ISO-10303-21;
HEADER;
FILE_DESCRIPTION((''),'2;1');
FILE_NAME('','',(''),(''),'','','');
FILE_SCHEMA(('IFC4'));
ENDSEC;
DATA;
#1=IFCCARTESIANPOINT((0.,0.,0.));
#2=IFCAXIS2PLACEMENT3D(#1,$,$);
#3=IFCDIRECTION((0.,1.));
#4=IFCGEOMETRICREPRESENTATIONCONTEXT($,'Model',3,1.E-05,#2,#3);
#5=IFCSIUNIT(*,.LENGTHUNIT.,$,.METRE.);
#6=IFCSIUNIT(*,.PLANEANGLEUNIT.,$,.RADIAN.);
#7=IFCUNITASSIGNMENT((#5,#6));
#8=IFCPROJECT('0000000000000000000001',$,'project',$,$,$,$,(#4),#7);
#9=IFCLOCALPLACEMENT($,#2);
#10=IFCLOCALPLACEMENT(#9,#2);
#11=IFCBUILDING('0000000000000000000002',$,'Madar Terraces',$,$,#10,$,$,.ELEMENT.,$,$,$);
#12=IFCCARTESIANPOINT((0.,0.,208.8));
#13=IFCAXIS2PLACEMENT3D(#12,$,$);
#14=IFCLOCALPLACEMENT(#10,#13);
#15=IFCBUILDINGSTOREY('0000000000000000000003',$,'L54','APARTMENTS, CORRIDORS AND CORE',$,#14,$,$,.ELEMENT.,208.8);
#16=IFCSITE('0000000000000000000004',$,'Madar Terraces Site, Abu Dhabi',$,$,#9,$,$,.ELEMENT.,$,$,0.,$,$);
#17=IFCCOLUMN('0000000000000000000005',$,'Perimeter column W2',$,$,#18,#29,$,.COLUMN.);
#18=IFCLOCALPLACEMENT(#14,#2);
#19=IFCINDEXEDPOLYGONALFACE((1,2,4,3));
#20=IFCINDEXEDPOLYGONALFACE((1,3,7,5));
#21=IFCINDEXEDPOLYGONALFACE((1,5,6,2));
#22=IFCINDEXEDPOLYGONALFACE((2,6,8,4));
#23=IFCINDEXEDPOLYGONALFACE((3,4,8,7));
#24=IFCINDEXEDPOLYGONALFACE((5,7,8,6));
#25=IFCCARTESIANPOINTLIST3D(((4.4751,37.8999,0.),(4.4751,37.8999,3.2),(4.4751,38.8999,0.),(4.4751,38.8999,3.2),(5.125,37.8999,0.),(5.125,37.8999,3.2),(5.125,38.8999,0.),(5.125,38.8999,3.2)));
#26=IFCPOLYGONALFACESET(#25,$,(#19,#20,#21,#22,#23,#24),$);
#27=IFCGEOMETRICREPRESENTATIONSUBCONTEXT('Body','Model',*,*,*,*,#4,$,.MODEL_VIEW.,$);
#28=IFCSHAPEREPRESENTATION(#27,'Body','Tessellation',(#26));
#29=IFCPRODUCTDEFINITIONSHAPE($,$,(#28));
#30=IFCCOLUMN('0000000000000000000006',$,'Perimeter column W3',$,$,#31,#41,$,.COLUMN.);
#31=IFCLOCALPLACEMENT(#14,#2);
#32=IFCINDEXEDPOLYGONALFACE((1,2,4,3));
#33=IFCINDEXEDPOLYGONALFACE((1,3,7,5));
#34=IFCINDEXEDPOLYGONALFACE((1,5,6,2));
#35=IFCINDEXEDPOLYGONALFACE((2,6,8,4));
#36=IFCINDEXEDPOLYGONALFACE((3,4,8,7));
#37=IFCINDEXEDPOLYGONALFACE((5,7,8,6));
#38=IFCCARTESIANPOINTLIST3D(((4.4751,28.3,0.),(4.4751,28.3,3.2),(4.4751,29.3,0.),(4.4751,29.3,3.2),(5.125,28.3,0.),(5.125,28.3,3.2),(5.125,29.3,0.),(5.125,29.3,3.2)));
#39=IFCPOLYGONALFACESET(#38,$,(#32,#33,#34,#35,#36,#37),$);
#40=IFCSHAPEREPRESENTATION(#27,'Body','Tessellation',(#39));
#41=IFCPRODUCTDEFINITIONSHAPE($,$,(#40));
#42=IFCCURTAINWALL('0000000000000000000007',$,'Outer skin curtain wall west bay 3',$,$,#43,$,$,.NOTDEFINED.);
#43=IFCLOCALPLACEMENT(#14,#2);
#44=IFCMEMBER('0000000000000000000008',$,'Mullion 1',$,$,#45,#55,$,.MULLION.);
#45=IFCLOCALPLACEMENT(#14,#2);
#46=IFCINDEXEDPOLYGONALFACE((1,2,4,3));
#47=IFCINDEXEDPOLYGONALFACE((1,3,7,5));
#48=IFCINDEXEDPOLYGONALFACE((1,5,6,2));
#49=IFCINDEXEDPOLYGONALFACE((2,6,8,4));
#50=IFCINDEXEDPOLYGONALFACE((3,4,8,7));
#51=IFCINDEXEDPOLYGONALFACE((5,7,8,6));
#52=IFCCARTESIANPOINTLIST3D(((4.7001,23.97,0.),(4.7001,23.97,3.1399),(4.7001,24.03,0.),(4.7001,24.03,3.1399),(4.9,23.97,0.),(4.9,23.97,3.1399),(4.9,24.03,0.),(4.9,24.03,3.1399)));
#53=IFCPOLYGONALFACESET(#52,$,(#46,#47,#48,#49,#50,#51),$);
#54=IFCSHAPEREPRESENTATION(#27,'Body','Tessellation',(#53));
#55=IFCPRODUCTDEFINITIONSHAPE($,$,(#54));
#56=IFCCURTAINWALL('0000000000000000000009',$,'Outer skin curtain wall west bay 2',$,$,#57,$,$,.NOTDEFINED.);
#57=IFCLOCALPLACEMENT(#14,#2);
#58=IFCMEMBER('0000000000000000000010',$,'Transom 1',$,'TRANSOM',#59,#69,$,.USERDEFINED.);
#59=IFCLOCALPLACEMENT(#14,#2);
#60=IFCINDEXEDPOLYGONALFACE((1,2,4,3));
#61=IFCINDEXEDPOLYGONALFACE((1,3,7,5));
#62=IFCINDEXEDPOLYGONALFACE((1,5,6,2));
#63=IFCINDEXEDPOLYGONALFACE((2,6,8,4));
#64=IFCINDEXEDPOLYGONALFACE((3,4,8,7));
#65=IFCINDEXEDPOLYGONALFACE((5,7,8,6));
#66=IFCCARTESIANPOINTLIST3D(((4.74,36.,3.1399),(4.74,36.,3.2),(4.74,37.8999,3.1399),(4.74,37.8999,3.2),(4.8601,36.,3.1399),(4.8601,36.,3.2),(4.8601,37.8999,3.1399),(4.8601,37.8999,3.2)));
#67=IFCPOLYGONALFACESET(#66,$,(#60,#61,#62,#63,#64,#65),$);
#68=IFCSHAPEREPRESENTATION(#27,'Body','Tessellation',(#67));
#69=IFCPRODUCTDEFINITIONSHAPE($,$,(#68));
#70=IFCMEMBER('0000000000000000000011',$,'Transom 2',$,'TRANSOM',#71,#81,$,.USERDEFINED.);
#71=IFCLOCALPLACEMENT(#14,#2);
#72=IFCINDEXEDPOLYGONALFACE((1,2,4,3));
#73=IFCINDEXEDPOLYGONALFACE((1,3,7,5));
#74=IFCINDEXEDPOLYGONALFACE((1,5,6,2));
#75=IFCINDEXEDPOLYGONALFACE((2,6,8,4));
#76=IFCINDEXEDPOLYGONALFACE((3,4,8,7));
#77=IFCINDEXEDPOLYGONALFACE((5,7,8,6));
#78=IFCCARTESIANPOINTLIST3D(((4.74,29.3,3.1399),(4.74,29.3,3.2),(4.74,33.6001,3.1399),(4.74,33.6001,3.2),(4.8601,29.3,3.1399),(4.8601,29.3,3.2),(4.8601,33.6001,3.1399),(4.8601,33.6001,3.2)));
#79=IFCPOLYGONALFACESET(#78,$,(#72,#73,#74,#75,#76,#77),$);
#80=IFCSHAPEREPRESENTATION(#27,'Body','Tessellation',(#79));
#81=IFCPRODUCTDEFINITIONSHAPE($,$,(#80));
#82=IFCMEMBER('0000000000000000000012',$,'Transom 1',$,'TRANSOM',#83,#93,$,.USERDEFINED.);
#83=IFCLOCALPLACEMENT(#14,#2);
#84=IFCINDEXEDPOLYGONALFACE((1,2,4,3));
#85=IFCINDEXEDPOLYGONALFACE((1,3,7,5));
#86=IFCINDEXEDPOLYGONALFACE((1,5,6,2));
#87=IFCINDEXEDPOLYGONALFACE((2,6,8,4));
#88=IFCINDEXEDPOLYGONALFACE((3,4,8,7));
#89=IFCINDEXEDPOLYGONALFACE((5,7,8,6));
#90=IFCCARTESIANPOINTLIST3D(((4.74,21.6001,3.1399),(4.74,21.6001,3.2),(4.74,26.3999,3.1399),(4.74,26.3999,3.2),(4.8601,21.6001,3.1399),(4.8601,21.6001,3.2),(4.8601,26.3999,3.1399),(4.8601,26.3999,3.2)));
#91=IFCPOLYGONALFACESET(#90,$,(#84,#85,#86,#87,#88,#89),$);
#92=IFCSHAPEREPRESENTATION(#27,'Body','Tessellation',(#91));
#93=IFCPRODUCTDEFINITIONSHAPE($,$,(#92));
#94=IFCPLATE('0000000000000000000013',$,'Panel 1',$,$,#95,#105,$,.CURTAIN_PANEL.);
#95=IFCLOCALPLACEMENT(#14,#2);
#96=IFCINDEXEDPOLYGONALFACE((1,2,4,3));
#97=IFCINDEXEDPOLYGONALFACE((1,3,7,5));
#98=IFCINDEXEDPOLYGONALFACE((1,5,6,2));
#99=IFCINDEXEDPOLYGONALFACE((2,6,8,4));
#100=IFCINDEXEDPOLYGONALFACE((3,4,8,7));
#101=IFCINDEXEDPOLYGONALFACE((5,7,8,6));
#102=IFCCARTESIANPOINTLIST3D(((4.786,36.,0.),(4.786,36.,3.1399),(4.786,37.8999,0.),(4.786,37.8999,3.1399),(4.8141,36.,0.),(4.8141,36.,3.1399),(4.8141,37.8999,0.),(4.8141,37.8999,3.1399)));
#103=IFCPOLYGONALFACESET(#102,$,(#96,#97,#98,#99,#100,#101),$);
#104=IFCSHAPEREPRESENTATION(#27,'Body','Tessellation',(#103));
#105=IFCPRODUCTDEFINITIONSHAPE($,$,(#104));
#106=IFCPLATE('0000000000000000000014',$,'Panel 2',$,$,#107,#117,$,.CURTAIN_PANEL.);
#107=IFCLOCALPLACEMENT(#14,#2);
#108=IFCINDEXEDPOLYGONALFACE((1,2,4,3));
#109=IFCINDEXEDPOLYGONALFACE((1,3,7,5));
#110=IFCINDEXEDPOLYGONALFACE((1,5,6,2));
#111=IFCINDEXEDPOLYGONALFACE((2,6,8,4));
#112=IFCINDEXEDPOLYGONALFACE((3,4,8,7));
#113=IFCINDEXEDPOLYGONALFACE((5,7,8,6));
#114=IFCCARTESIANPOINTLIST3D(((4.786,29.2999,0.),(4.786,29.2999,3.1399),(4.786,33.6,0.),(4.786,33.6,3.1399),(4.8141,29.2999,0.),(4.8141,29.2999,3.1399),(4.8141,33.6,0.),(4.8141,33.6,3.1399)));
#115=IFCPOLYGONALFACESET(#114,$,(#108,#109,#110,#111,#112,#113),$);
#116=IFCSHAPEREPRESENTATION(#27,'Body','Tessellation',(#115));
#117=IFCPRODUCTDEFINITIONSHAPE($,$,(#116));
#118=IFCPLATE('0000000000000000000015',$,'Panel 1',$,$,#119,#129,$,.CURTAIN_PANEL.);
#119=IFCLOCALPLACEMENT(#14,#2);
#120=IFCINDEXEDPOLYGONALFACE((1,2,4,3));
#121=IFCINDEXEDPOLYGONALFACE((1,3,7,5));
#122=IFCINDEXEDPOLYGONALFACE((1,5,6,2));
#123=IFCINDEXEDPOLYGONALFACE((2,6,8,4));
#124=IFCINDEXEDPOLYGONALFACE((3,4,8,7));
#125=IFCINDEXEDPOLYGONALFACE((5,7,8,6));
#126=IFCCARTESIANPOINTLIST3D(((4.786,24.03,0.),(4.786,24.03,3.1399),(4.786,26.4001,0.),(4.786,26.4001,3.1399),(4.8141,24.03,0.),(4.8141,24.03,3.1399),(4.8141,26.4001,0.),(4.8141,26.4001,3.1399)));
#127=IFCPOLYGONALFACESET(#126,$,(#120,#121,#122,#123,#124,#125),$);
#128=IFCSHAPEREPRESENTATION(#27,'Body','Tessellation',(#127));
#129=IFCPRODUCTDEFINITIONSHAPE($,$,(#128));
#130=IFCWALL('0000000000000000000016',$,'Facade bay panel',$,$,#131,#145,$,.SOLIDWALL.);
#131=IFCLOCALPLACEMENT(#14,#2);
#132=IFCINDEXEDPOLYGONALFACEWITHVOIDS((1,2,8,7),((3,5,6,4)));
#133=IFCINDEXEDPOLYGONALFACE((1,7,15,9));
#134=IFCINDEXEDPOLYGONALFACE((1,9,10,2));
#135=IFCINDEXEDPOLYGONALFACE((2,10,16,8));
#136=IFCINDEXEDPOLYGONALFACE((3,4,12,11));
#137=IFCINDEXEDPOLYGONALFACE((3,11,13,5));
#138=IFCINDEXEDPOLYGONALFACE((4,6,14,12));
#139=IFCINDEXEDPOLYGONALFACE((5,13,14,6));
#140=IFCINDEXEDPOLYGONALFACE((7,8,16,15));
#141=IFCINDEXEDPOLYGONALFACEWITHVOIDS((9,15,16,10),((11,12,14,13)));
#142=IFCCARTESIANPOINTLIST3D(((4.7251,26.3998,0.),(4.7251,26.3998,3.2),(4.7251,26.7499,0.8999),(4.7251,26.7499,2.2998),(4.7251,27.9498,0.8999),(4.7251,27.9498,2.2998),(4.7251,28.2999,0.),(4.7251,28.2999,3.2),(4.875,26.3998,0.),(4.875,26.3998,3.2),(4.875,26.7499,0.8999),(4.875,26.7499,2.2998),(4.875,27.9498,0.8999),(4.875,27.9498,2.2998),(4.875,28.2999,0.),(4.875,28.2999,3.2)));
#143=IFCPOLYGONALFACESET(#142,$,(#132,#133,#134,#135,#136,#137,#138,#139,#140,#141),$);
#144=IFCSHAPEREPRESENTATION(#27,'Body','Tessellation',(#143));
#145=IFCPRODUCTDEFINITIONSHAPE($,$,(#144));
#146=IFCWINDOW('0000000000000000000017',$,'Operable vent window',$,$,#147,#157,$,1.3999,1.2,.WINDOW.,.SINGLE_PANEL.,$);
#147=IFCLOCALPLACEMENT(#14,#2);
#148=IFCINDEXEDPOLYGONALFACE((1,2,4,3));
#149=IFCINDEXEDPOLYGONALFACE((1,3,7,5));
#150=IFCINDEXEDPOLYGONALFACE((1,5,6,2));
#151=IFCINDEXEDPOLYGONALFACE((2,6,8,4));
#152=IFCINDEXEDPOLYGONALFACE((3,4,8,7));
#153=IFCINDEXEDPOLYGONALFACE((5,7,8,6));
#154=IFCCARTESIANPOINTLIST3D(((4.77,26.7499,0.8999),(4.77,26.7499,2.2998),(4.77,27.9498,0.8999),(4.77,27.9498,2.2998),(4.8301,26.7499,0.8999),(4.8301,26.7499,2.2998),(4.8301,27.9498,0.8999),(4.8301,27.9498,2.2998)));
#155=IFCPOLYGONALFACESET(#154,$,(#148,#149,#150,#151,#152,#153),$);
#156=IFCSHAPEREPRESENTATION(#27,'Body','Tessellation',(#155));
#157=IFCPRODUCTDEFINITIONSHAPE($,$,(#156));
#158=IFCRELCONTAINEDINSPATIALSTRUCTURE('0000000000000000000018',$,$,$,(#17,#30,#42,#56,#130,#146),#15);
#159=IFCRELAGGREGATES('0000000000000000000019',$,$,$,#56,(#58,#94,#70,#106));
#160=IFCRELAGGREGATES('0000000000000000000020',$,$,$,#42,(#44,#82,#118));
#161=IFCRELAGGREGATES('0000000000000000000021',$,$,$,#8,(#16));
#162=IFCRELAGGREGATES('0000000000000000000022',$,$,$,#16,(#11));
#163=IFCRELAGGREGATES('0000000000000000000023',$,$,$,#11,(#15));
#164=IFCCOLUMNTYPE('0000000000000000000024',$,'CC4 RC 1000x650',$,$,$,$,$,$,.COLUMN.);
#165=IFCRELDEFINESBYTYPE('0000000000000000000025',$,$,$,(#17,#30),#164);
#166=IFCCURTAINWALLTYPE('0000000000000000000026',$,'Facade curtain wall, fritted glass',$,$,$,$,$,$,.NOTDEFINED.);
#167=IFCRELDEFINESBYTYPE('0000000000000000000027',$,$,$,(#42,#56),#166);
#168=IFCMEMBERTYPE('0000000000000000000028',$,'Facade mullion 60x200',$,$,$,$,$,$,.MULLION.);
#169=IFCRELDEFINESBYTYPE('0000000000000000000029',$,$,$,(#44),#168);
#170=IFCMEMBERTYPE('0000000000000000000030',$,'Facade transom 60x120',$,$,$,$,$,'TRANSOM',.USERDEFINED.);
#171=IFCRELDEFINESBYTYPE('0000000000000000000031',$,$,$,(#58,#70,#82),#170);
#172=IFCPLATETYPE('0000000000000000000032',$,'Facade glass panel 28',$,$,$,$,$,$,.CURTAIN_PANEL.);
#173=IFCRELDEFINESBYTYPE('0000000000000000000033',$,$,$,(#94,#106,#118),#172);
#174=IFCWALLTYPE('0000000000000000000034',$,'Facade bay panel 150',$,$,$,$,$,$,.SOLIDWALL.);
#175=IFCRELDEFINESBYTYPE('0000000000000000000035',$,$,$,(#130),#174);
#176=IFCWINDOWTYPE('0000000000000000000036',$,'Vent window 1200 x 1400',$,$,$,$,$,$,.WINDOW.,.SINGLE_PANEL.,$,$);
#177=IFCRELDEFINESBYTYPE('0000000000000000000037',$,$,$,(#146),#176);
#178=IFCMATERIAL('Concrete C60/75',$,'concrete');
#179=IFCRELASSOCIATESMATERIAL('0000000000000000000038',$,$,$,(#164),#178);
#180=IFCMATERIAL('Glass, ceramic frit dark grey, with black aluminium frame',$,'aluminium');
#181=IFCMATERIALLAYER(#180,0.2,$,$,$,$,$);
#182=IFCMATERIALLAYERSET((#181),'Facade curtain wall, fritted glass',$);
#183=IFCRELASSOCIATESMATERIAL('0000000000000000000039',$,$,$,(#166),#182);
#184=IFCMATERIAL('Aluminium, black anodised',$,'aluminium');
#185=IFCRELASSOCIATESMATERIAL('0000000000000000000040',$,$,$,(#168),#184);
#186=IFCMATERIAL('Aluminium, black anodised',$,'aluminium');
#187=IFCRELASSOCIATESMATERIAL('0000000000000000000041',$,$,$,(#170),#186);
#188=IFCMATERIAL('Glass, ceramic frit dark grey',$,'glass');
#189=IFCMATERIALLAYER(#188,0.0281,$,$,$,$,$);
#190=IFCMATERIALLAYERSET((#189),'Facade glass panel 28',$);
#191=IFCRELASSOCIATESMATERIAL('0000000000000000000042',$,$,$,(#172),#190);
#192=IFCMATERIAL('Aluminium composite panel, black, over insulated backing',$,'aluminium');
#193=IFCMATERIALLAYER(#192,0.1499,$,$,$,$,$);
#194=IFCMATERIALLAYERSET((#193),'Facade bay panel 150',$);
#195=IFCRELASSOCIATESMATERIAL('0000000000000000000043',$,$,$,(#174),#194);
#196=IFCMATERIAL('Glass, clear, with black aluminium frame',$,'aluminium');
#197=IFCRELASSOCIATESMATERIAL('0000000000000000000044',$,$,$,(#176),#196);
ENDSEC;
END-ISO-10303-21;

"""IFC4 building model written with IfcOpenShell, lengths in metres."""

from ifc_helpers import new_model, si_unit, direction, frame, frame_2d, origin, origin_2d, place, context, subcontext, project, spatial, rectangle, extrude, material, layer, layer_set, material_profile, profile_set, type_object, element, fill, aggregate, save


model = new_model("IFC4")

# Units and contexts
model_context = context("Model", 3, precision=1e-05, world=origin(), true_north=direction((0.0, 1.0)))
body_context = subcontext(model_context, "Body", "Model", "MODEL_VIEW")
ifc_project = project(units=[si_unit("LENGTHUNIT", "METRE"), si_unit("PLANEANGLEUNIT", "RADIAN")], contexts=[model_context])

# Site, building, storey
site_placement = place(None, origin())
site = spatial("IfcSite", under=ifc_project, at=site_placement, Name="Madar Terraces Site, Abu Dhabi", CompositionType="ELEMENT", RefElevation=0.0)
building_placement = place(site_placement, origin())
building = spatial("IfcBuilding", under=site, at=building_placement, Name="Madar Terraces", CompositionType="ELEMENT")
storey_placement = place(building_placement, frame((0.0, 0.0, 208.8)))
storey = spatial("IfcBuildingStorey", under=building, at=storey_placement, Name="L54", Description="APARTMENTS, CORRIDORS AND CORE", CompositionType="ELEMENT", Elevation=208.8)

# Columns
ifc_material_1 = material(Name="Concrete C60/75", Category="concrete")
ifc_material_profile_1 = material_profile(ifc_material_1, rectangle(XDim=1.0, YDim=0.6499, at=origin_2d()), Name="CC4 RC 1000x650")
ifc_profile_set_1 = profile_set([ifc_material_profile_1], Name="Concrete C60/75")
column_type = type_object("IfcColumnType", Name="CC4 RC 1000x650", PredefinedType="COLUMN", material=ifc_profile_set_1)
for number, where, z_axis, x_axis, name in (
    (1, (4.8, 38.3999, 0.0), (0.0, 0.0, 1.0), (0.0, 1.0, 0.0), "Perimeter column W2"),
    (2, (4.8, 28.8, 0.0), (0.0, 0.0, 1.0), (0.0, 1.0, 0.0), "Perimeter column W3"),
):
    element("IfcColumn", number, at=place(storey_placement, frame(where, z_axis=z_axis, x_axis=x_axis)), inside=storey, type_object=column_type, Name=name, PredefinedType="COLUMN", context=body_context, shape_type="SweptSolid", body=[
        extrude(rectangle(XDim=1.0, YDim=0.6499, at=origin_2d()), origin(), (0.0, 0.0, 1.0), 3.2),
    ])

# Curtain wall, member
ifc_material_2 = material(Name="Glass, ceramic frit dark grey, with black aluminium frame", Category="aluminium")
ifc_layer_1 = layer(ifc_material_2, 0.2)
ifc_layer_set_1 = layer_set([ifc_layer_1], Name="Facade curtain wall, fritted glass")
curtain_wall_type = type_object("IfcCurtainWallType", Name="Facade curtain wall, fritted glass", PredefinedType="NOTDEFINED", material=ifc_layer_set_1)
curtain_wall_1_placement = place(storey_placement, origin())
curtain_wall_1 = element("IfcCurtainWall", 3, at=curtain_wall_1_placement, inside=storey, type_object=curtain_wall_type, Name="Outer skin curtain wall west bay 3", PredefinedType="NOTDEFINED")
ifc_material_3 = material(Name="Aluminium, black anodised", Category="aluminium")
ifc_material_profile_2 = material_profile(ifc_material_3, rectangle(XDim=0.2, YDim=0.0601, at=origin_2d()), Name="Facade mullion 60x200")
ifc_profile_set_2 = profile_set([ifc_material_profile_2], Name="Aluminium, black anodised")
member_type_1 = type_object("IfcMemberType", Name="Facade mullion 60x200", PredefinedType="MULLION", material=ifc_profile_set_2)
member_1_placement = place(storey_placement, frame((4.8, 24.0, 0.0), z_axis=(0.0, 0.0, 1.0), x_axis=(1.0, 0.0, 0.0)))
member_1 = element("IfcMember", 4, at=member_1_placement, type_object=member_type_1, Name="Mullion 1", PredefinedType="MULLION", context=body_context, shape_type="SweptSolid", body=[
    extrude(rectangle(XDim=0.2, YDim=0.0601, at=origin_2d()), origin(), (0.0, 0.0, 1.0), 3.1399),
])

# Curtain wall, members
curtain_wall_2_placement = place(storey_placement, origin())
curtain_wall_2 = element("IfcCurtainWall", 5, at=curtain_wall_2_placement, inside=storey, type_object=curtain_wall_type, Name="Outer skin curtain wall west bay 2", PredefinedType="NOTDEFINED")
ifc_material_4 = material(Name="Aluminium, black anodised", Category="aluminium")
ifc_material_profile_3 = material_profile(ifc_material_4, rectangle(XDim=0.1201, YDim=0.0601, at=origin_2d()), Name="Facade transom 60x120")
ifc_profile_set_3 = profile_set([ifc_material_profile_3], Name="Aluminium, black anodised")
member_type_2 = type_object("IfcMemberType", Name="Facade transom 60x120", ElementType="TRANSOM", PredefinedType="USERDEFINED", material=ifc_profile_set_3)
member_2_placement = place(storey_placement, frame((4.8, 37.8999, 3.1699), z_axis=(0.0, -1.0, 0.0), x_axis=(1.0, 0.0, 0.0)))
member_2 = element("IfcMember", 6, at=member_2_placement, type_object=member_type_2, Name="Transom 1", ObjectType="TRANSOM", PredefinedType="USERDEFINED", context=body_context, shape_type="SweptSolid", body=[
    extrude(rectangle(XDim=0.1201, YDim=0.0601, at=origin_2d()), origin(), (0.0, 0.0, 1.0), 1.8999),
])
member_3_placement = place(storey_placement, frame((4.8, 33.6001, 3.1699), z_axis=(0.0, -1.0, 0.0), x_axis=(1.0, 0.0, 0.0)))
member_3 = element("IfcMember", 7, at=member_3_placement, type_object=member_type_2, Name="Transom 2", ObjectType="TRANSOM", PredefinedType="USERDEFINED", context=body_context, shape_type="SweptSolid", body=[
    extrude(rectangle(XDim=0.1201, YDim=0.0601, at=origin_2d()), origin(), (0.0, 0.0, 1.0), 4.3),
])

# Member
member_4_placement = place(storey_placement, frame((4.8, 26.3999, 3.1699), z_axis=(0.0, -1.0, 0.0), x_axis=(1.0, 0.0, 0.0)))
member_4 = element("IfcMember", 8, at=member_4_placement, type_object=member_type_2, Name="Transom 1", ObjectType="TRANSOM", PredefinedType="USERDEFINED", context=body_context, shape_type="SweptSolid", body=[
    extrude(rectangle(XDim=0.1201, YDim=0.0601, at=origin_2d()), origin(), (0.0, 0.0, 1.0), 4.7998),
])

# Plates
ifc_material_5 = material(Name="Glass, ceramic frit dark grey", Category="glass")
ifc_layer_2 = layer(ifc_material_5, 0.0281)
ifc_layer_set_2 = layer_set([ifc_layer_2], Name="Facade glass panel 28")
plate_type = type_object("IfcPlateType", Name="Facade glass panel 28", PredefinedType="CURTAIN_PANEL", material=ifc_layer_set_2)
plate_1_placement = place(storey_placement, frame((4.8, 36.95, 0.0), z_axis=(0.0, 0.0, 1.0), x_axis=(0.0, -1.0, 0.0)))
plate_1 = element("IfcPlate", 9, at=plate_1_placement, type_object=plate_type, Name="Panel 1", PredefinedType="CURTAIN_PANEL", context=body_context, shape_type="SweptSolid", body=[
    extrude(rectangle(XDim=1.8999, YDim=0.0281, at=origin_2d()), origin(), (0.0, 0.0, 1.0), 3.1399),
])
plate_2_placement = place(storey_placement, frame((4.8, 31.45, 0.0), z_axis=(0.0, 0.0, 1.0), x_axis=(0.0, -1.0, 0.0)))
plate_2 = element("IfcPlate", 10, at=plate_2_placement, type_object=plate_type, Name="Panel 2", PredefinedType="CURTAIN_PANEL", context=body_context, shape_type="SweptSolid", body=[
    extrude(rectangle(XDim=4.3, YDim=0.0281, at=origin_2d()), origin(), (0.0, 0.0, 1.0), 3.1399),
])
aggregate(curtain_wall_2, [member_2, plate_1, member_3, plate_2])
plate_3_placement = place(storey_placement, frame((4.8, 25.2151, 0.0), z_axis=(0.0, 0.0, 1.0), x_axis=(0.0, -1.0, 0.0)))
plate_3 = element("IfcPlate", 11, at=plate_3_placement, type_object=plate_type, Name="Panel 1", PredefinedType="CURTAIN_PANEL", context=body_context, shape_type="SweptSolid", body=[
    extrude(rectangle(XDim=2.3701, YDim=0.0281, at=origin_2d()), origin(), (0.0, 0.0, 1.0), 3.1399),
])
aggregate(curtain_wall_1, [member_1, member_4, plate_3])

# Shared definitions
ifc_material_6 = material(Name="Aluminium composite panel, black, over insulated backing", Category="aluminium")
ifc_layer_3 = layer(ifc_material_6, 0.1499)
ifc_layer_set_3 = layer_set([ifc_layer_3], Name="Facade bay panel 150")
wall_type_1 = type_object("IfcWallType", Name="Facade bay panel 150", PredefinedType="SOLIDWALL", material=ifc_layer_set_3)

# Wall, opening, window
wall_1_placement = place(storey_placement, frame((4.8, 28.3, 0.0), z_axis=(0.0, 0.0, 1.0), x_axis=(0.0, -1.0, 0.0)))
wall_1 = element("IfcWall", 12, at=wall_1_placement, inside=storey, type_object=wall_type_1, Name="Facade bay panel", PredefinedType="SOLIDWALL", context=body_context, shape_type="SweptSolid", body=[
    extrude(rectangle(XDim=1.9001, YDim=0.1499, at=frame_2d((0.9502, 0.0))), origin(), (0.0, 0.0, 1.0), 3.2),
])
opening_1_placement = place(wall_1_placement, frame((0.3501, 0.0, 0.8999)))
opening_1 = element("IfcOpeningElement", 13, at=opening_1_placement, cuts=wall_1, PredefinedType="OPENING", context=body_context, shape_type="SweptSolid", body=[
    extrude(rectangle(XDim=1.2, YDim=1.3999, at=frame_2d((0.6001, 0.7))), frame((0.0, 0.085, 0.0), z_axis=(0.0, -1.0, 0.0), x_axis=(1.0, 0.0, 0.0)), (0.0, 0.0, 1.0), 0.1699),
])
ifc_material_7 = material(Name="Glass, clear, with black aluminium frame", Category="aluminium")
window_type = type_object("IfcWindowType", Name="Vent window 1200 x 1400", PartitioningType="SINGLE_PANEL", PredefinedType="WINDOW", material=ifc_material_7)
window_placement = place(opening_1_placement, origin())
window = element("IfcWindow", 14, at=window_placement, inside=storey, type_object=window_type, Name="Operable vent window", OverallHeight=1.3999, OverallWidth=1.2, PartitioningType="SINGLE_PANEL", PredefinedType="WINDOW", context=body_context, shape_type="SweptSolid", body=[
    extrude(rectangle(XDim=1.2, YDim=1.3999, at=frame_2d((0.6001, 0.7))), frame((0.0, 0.03, 0.0), z_axis=(0.0, -1.0, 0.0), x_axis=(1.0, 0.0, 0.0)), (0.0, 0.0, 1.0), 0.0601),
])
fill(opening_1, window)

save(model, "model.ifc")
